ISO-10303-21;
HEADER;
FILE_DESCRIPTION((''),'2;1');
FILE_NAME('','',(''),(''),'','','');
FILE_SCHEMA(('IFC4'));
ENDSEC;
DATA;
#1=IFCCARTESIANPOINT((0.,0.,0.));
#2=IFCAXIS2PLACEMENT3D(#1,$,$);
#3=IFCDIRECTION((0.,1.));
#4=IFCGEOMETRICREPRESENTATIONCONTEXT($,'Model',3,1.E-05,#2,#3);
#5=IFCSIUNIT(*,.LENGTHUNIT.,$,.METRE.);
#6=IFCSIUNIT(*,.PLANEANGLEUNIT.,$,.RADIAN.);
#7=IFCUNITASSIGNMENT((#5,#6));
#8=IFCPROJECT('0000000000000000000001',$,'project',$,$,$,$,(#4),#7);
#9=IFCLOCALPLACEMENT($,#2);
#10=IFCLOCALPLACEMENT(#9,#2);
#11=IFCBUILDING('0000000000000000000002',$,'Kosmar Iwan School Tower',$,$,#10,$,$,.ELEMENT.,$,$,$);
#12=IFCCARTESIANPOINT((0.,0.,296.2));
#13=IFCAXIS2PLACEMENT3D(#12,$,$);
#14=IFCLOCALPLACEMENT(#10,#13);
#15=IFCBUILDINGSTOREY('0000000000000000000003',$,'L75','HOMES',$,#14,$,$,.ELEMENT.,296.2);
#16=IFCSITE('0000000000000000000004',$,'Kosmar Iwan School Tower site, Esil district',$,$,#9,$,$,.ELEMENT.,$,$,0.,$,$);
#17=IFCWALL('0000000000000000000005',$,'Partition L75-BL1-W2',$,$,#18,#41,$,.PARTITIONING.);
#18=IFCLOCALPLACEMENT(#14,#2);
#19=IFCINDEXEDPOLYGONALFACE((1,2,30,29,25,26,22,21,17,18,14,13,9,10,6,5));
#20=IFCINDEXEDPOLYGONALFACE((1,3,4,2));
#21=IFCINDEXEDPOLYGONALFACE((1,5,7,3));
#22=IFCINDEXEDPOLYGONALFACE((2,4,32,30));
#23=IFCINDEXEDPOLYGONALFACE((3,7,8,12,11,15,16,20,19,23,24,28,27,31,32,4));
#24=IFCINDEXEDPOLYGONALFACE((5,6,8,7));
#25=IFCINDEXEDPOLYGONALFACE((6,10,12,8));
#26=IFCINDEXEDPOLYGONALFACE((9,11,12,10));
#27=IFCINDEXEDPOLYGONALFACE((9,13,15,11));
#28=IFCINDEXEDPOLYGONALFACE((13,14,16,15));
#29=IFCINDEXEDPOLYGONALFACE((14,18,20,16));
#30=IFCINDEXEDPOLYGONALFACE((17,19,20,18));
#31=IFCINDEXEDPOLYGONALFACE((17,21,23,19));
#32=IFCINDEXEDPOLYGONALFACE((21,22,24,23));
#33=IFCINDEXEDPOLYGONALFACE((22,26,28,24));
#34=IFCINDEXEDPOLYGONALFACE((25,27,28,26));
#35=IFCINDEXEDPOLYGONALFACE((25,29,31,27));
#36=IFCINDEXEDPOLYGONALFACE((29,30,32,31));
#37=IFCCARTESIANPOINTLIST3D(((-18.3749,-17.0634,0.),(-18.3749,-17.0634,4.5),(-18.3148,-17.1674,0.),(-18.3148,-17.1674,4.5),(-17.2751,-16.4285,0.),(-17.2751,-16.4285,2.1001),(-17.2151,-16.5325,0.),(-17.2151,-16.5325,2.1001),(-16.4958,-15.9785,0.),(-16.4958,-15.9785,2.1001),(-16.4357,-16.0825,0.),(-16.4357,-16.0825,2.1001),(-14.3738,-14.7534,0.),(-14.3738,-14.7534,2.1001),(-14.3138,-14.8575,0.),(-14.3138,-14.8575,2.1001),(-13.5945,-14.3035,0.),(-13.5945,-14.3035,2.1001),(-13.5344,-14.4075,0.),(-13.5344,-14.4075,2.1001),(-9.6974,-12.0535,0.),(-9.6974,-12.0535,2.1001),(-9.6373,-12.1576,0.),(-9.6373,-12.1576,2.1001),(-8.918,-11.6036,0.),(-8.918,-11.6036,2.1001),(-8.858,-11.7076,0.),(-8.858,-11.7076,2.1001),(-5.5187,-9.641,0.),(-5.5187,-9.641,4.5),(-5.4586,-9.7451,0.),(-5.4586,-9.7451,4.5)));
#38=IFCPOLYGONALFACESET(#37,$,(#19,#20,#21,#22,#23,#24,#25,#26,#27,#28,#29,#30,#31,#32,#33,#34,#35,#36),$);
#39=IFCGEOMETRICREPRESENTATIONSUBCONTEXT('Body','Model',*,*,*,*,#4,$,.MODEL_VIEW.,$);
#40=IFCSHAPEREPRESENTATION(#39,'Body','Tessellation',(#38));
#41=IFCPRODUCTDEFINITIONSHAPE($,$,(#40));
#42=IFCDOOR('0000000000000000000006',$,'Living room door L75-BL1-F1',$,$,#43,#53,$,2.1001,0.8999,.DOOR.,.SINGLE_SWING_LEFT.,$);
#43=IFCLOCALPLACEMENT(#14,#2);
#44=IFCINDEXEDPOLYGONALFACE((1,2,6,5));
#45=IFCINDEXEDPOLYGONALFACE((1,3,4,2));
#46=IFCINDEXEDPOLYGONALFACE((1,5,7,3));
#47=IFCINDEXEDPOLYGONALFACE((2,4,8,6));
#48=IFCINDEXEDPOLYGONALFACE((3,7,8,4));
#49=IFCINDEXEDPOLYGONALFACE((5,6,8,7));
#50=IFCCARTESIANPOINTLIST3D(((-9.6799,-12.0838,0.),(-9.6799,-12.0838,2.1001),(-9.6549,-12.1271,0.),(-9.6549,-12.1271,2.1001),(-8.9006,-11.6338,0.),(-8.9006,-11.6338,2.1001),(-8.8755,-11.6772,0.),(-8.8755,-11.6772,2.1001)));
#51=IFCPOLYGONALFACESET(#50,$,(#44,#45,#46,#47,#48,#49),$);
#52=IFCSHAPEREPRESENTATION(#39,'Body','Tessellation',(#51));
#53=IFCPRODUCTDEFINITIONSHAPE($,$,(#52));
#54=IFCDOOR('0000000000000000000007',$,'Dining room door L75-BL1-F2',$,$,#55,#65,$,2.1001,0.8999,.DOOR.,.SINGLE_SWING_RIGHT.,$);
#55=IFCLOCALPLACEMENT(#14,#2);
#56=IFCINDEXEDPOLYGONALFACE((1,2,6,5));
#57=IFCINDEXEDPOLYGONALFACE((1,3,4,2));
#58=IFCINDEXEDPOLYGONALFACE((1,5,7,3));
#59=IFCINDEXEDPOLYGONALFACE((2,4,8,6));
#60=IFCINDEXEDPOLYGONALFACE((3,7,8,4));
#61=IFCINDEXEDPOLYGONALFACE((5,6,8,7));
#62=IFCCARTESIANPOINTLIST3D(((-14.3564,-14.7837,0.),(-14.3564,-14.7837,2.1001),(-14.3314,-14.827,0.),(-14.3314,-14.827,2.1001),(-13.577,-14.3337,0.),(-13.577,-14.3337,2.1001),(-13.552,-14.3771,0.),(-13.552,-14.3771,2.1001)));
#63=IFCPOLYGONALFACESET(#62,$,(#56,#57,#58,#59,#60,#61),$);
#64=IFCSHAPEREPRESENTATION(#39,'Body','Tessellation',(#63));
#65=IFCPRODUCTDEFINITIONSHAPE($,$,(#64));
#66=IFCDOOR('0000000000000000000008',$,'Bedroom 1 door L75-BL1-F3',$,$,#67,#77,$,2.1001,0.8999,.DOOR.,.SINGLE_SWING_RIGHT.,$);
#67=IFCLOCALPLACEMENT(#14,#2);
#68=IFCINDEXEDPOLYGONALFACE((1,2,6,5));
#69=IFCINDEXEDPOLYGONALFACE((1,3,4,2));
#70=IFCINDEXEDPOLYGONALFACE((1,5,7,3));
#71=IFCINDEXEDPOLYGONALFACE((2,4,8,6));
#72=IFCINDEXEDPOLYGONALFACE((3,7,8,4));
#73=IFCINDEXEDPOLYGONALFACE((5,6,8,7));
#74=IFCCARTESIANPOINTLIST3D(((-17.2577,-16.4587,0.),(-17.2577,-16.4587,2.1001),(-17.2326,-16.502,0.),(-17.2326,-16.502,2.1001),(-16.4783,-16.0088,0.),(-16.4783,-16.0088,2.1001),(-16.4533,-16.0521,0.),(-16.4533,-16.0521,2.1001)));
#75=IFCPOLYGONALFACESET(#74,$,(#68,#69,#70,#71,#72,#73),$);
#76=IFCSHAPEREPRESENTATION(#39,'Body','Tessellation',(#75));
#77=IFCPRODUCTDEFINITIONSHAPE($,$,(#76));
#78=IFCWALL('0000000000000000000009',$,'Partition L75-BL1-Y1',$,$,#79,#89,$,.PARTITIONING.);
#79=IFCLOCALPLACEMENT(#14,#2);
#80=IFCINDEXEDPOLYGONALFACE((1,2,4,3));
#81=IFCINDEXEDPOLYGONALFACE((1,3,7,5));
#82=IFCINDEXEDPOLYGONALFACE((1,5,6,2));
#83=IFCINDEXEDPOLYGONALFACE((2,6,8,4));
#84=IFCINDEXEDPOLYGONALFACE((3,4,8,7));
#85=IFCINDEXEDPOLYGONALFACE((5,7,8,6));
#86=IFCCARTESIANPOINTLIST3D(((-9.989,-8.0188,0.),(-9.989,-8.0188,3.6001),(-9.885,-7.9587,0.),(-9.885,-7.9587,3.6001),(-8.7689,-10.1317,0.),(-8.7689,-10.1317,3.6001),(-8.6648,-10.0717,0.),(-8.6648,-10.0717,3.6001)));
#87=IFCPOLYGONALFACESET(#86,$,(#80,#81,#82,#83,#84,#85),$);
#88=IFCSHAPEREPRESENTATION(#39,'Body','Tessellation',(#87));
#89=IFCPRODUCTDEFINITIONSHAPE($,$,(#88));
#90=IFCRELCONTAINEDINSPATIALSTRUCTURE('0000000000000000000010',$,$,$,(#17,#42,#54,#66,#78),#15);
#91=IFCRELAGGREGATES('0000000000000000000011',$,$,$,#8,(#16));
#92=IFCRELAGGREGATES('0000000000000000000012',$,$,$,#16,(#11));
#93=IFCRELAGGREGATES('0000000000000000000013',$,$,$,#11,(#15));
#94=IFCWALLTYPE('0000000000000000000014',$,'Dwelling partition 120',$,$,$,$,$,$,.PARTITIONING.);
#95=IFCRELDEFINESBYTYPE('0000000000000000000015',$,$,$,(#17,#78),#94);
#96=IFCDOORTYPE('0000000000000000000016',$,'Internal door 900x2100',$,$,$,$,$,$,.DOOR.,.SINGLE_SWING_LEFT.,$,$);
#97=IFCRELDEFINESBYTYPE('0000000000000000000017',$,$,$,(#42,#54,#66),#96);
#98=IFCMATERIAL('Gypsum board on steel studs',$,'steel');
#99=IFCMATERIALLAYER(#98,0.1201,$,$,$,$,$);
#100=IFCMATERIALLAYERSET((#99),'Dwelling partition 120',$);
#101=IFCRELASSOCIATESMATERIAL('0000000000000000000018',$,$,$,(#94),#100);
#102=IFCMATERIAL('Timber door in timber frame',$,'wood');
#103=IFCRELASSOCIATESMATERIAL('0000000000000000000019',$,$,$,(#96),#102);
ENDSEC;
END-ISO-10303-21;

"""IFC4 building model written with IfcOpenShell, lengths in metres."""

from ifc_helpers import new_model, si_unit, direction, frame, frame_2d, origin, place, context, subcontext, project, spatial, rectangle, extrude, material, layer, layer_set, type_object, element, fill, save


model = new_model("IFC4")

# Units and contexts
model_context = context("Model", 3, precision=1e-05, world=origin(), true_north=direction((0.0, 1.0)))
body_context = subcontext(model_context, "Body", "Model", "MODEL_VIEW")
ifc_project = project(units=[si_unit("LENGTHUNIT", "METRE"), si_unit("PLANEANGLEUNIT", "RADIAN")], contexts=[model_context])

# Site, building, storey
site_placement = place(None, origin())
site = spatial("IfcSite", under=ifc_project, at=site_placement, Name="Kosmar Iwan School Tower site, Esil district", CompositionType="ELEMENT", RefElevation=0.0)
building_placement = place(site_placement, origin())
building = spatial("IfcBuilding", under=site, at=building_placement, Name="Kosmar Iwan School Tower", CompositionType="ELEMENT")
storey_placement = place(building_placement, frame((0.0, 0.0, 296.2)))
storey = spatial("IfcBuildingStorey", under=building, at=storey_placement, Name="L75", Description="HOMES", CompositionType="ELEMENT", Elevation=296.2)

# Wall, openings, doors
ifc_material_1 = material(Name="Gypsum board on steel studs", Category="steel")
ifc_layer = layer(ifc_material_1, 0.1201)
ifc_layer_set = layer_set([ifc_layer], Name="Dwelling partition 120")
wall_type = type_object("IfcWallType", Name="Dwelling partition 120", PredefinedType="PARTITIONING", material=ifc_layer_set)
ifc_material_2 = material(Name="Timber door in timber frame", Category="wood")
door_type_1 = type_object("IfcDoorType", Name="Internal door 900x2100", OperationType="SINGLE_SWING_LEFT", PredefinedType="DOOR", material=ifc_material_2)
wall_1_placement = place(storey_placement, frame((-5.4888, -9.6931, 0.0), z_axis=(0.0, 0.0, 1.0), x_axis=(-0.86603, -0.499992, 0.0)))
wall_1 = element("IfcWall", 1, at=wall_1_placement, inside=storey, type_object=wall_type, Name="Partition L75-BL1-W2", PredefinedType="PARTITIONING", context=body_context, shape_type="SweptSolid", body=[
    extrude(rectangle(XDim=14.845, YDim=0.1201, at=frame_2d((7.4224, 0.0))), origin(), (0.0, 0.0, 1.0), 4.5),
])
opening_1_placement = place(wall_1_placement, frame((3.925, 0.0, 0.0)))
opening_1 = element("IfcOpeningElement", 2, at=opening_1_placement, cuts=wall_1, PredefinedType="OPENING", context=body_context, shape_type="SweptSolid", body=[
    extrude(rectangle(XDim=0.8999, YDim=2.1001, at=frame_2d((0.45, 1.05))), frame((0.0, 0.072, 0.0), z_axis=(0.0, -1.0, 0.0), x_axis=(1.0, 0.0, 0.0)), (0.0, 0.0, 1.0), 0.144),
])
opening_2_placement = place(wall_1_placement, frame((9.325, 0.0, 0.0)))
opening_2 = element("IfcOpeningElement", 3, at=opening_2_placement, cuts=wall_1, PredefinedType="OPENING", context=body_context, shape_type="SweptSolid", body=[
    extrude(rectangle(XDim=0.8999, YDim=2.1001, at=frame_2d((0.45, 1.05))), frame((0.0, 0.072, 0.0), z_axis=(0.0, -1.0, 0.0), x_axis=(1.0, 0.0, 0.0)), (0.0, 0.0, 1.0), 0.144),
])
opening_3_placement = place(wall_1_placement, frame((12.675, 0.0, 0.0)))
opening_3 = element("IfcOpeningElement", 4, at=opening_3_placement, cuts=wall_1, PredefinedType="OPENING", context=body_context, shape_type="SweptSolid", body=[
    extrude(rectangle(XDim=0.8999, YDim=2.1001, at=frame_2d((0.45, 1.05))), frame((0.0, 0.072, 0.0), z_axis=(0.0, -1.0, 0.0), x_axis=(1.0, 0.0, 0.0)), (0.0, 0.0, 1.0), 0.144),
])
door_1_placement = place(opening_1_placement, origin())
door_1 = element("IfcDoor", 5, at=door_1_placement, inside=storey, type_object=door_type_1, Name="Living room door L75-BL1-F1", OperationType="SINGLE_SWING_LEFT", OverallHeight=2.1001, OverallWidth=0.8999, PredefinedType="DOOR", context=body_context, shape_type="SweptSolid", body=[
    extrude(rectangle(XDim=0.8999, YDim=2.1001, at=frame_2d((0.45, 1.05))), frame((0.0, 0.0249, 0.0), z_axis=(0.0, -1.0, 0.0), x_axis=(1.0, 0.0, 0.0)), (0.0, 0.0, 1.0), 0.05),
])
fill(opening_1, door_1)
door_2_placement = place(opening_2_placement, origin())
door_2 = element("IfcDoor", 6, at=door_2_placement, inside=storey, type_object=door_type_1, Name="Dining room door L75-BL1-F2", OperationType="SINGLE_SWING_RIGHT", OverallHeight=2.1001, OverallWidth=0.8999, PredefinedType="DOOR", context=body_context, shape_type="SweptSolid", body=[
    extrude(rectangle(XDim=0.8999, YDim=2.1001, at=frame_2d((0.45, 1.05))), frame((0.0, 0.0249, 0.0), z_axis=(0.0, -1.0, 0.0), x_axis=(1.0, 0.0, 0.0)), (0.0, 0.0, 1.0), 0.05),
])
fill(opening_2, door_2)
door_3_placement = place(opening_3_placement, origin())
door_3 = element("IfcDoor", 7, at=door_3_placement, inside=storey, type_object=door_type_1, Name="Bedroom 1 door L75-BL1-F3", OperationType="SINGLE_SWING_RIGHT", OverallHeight=2.1001, OverallWidth=0.8999, PredefinedType="DOOR", context=body_context, shape_type="SweptSolid", body=[
    extrude(rectangle(XDim=0.8999, YDim=2.1001, at=frame_2d((0.45, 1.05))), frame((0.0, 0.0249, 0.0), z_axis=(0.0, -1.0, 0.0), x_axis=(1.0, 0.0, 0.0)), (0.0, 0.0, 1.0), 0.05),
])
fill(opening_3, door_3)

# Wall
wall_2_placement = place(storey_placement, frame((-9.937, -7.9888, 0.0), z_axis=(0.0, 0.0, 1.0), x_axis=(0.500078, -0.865981, 0.0)))
element("IfcWall", 8, at=wall_2_placement, inside=storey, type_object=wall_type, Name="Partition L75-BL1-Y1", PredefinedType="PARTITIONING", context=body_context, shape_type="SweptSolid", body=[
    extrude(rectangle(XDim=2.4399, YDim=0.1201, at=frame_2d((1.22, 0.0))), origin(), (0.0, 0.0, 1.0), 3.6001),
])

save(model, "model.ifc")
